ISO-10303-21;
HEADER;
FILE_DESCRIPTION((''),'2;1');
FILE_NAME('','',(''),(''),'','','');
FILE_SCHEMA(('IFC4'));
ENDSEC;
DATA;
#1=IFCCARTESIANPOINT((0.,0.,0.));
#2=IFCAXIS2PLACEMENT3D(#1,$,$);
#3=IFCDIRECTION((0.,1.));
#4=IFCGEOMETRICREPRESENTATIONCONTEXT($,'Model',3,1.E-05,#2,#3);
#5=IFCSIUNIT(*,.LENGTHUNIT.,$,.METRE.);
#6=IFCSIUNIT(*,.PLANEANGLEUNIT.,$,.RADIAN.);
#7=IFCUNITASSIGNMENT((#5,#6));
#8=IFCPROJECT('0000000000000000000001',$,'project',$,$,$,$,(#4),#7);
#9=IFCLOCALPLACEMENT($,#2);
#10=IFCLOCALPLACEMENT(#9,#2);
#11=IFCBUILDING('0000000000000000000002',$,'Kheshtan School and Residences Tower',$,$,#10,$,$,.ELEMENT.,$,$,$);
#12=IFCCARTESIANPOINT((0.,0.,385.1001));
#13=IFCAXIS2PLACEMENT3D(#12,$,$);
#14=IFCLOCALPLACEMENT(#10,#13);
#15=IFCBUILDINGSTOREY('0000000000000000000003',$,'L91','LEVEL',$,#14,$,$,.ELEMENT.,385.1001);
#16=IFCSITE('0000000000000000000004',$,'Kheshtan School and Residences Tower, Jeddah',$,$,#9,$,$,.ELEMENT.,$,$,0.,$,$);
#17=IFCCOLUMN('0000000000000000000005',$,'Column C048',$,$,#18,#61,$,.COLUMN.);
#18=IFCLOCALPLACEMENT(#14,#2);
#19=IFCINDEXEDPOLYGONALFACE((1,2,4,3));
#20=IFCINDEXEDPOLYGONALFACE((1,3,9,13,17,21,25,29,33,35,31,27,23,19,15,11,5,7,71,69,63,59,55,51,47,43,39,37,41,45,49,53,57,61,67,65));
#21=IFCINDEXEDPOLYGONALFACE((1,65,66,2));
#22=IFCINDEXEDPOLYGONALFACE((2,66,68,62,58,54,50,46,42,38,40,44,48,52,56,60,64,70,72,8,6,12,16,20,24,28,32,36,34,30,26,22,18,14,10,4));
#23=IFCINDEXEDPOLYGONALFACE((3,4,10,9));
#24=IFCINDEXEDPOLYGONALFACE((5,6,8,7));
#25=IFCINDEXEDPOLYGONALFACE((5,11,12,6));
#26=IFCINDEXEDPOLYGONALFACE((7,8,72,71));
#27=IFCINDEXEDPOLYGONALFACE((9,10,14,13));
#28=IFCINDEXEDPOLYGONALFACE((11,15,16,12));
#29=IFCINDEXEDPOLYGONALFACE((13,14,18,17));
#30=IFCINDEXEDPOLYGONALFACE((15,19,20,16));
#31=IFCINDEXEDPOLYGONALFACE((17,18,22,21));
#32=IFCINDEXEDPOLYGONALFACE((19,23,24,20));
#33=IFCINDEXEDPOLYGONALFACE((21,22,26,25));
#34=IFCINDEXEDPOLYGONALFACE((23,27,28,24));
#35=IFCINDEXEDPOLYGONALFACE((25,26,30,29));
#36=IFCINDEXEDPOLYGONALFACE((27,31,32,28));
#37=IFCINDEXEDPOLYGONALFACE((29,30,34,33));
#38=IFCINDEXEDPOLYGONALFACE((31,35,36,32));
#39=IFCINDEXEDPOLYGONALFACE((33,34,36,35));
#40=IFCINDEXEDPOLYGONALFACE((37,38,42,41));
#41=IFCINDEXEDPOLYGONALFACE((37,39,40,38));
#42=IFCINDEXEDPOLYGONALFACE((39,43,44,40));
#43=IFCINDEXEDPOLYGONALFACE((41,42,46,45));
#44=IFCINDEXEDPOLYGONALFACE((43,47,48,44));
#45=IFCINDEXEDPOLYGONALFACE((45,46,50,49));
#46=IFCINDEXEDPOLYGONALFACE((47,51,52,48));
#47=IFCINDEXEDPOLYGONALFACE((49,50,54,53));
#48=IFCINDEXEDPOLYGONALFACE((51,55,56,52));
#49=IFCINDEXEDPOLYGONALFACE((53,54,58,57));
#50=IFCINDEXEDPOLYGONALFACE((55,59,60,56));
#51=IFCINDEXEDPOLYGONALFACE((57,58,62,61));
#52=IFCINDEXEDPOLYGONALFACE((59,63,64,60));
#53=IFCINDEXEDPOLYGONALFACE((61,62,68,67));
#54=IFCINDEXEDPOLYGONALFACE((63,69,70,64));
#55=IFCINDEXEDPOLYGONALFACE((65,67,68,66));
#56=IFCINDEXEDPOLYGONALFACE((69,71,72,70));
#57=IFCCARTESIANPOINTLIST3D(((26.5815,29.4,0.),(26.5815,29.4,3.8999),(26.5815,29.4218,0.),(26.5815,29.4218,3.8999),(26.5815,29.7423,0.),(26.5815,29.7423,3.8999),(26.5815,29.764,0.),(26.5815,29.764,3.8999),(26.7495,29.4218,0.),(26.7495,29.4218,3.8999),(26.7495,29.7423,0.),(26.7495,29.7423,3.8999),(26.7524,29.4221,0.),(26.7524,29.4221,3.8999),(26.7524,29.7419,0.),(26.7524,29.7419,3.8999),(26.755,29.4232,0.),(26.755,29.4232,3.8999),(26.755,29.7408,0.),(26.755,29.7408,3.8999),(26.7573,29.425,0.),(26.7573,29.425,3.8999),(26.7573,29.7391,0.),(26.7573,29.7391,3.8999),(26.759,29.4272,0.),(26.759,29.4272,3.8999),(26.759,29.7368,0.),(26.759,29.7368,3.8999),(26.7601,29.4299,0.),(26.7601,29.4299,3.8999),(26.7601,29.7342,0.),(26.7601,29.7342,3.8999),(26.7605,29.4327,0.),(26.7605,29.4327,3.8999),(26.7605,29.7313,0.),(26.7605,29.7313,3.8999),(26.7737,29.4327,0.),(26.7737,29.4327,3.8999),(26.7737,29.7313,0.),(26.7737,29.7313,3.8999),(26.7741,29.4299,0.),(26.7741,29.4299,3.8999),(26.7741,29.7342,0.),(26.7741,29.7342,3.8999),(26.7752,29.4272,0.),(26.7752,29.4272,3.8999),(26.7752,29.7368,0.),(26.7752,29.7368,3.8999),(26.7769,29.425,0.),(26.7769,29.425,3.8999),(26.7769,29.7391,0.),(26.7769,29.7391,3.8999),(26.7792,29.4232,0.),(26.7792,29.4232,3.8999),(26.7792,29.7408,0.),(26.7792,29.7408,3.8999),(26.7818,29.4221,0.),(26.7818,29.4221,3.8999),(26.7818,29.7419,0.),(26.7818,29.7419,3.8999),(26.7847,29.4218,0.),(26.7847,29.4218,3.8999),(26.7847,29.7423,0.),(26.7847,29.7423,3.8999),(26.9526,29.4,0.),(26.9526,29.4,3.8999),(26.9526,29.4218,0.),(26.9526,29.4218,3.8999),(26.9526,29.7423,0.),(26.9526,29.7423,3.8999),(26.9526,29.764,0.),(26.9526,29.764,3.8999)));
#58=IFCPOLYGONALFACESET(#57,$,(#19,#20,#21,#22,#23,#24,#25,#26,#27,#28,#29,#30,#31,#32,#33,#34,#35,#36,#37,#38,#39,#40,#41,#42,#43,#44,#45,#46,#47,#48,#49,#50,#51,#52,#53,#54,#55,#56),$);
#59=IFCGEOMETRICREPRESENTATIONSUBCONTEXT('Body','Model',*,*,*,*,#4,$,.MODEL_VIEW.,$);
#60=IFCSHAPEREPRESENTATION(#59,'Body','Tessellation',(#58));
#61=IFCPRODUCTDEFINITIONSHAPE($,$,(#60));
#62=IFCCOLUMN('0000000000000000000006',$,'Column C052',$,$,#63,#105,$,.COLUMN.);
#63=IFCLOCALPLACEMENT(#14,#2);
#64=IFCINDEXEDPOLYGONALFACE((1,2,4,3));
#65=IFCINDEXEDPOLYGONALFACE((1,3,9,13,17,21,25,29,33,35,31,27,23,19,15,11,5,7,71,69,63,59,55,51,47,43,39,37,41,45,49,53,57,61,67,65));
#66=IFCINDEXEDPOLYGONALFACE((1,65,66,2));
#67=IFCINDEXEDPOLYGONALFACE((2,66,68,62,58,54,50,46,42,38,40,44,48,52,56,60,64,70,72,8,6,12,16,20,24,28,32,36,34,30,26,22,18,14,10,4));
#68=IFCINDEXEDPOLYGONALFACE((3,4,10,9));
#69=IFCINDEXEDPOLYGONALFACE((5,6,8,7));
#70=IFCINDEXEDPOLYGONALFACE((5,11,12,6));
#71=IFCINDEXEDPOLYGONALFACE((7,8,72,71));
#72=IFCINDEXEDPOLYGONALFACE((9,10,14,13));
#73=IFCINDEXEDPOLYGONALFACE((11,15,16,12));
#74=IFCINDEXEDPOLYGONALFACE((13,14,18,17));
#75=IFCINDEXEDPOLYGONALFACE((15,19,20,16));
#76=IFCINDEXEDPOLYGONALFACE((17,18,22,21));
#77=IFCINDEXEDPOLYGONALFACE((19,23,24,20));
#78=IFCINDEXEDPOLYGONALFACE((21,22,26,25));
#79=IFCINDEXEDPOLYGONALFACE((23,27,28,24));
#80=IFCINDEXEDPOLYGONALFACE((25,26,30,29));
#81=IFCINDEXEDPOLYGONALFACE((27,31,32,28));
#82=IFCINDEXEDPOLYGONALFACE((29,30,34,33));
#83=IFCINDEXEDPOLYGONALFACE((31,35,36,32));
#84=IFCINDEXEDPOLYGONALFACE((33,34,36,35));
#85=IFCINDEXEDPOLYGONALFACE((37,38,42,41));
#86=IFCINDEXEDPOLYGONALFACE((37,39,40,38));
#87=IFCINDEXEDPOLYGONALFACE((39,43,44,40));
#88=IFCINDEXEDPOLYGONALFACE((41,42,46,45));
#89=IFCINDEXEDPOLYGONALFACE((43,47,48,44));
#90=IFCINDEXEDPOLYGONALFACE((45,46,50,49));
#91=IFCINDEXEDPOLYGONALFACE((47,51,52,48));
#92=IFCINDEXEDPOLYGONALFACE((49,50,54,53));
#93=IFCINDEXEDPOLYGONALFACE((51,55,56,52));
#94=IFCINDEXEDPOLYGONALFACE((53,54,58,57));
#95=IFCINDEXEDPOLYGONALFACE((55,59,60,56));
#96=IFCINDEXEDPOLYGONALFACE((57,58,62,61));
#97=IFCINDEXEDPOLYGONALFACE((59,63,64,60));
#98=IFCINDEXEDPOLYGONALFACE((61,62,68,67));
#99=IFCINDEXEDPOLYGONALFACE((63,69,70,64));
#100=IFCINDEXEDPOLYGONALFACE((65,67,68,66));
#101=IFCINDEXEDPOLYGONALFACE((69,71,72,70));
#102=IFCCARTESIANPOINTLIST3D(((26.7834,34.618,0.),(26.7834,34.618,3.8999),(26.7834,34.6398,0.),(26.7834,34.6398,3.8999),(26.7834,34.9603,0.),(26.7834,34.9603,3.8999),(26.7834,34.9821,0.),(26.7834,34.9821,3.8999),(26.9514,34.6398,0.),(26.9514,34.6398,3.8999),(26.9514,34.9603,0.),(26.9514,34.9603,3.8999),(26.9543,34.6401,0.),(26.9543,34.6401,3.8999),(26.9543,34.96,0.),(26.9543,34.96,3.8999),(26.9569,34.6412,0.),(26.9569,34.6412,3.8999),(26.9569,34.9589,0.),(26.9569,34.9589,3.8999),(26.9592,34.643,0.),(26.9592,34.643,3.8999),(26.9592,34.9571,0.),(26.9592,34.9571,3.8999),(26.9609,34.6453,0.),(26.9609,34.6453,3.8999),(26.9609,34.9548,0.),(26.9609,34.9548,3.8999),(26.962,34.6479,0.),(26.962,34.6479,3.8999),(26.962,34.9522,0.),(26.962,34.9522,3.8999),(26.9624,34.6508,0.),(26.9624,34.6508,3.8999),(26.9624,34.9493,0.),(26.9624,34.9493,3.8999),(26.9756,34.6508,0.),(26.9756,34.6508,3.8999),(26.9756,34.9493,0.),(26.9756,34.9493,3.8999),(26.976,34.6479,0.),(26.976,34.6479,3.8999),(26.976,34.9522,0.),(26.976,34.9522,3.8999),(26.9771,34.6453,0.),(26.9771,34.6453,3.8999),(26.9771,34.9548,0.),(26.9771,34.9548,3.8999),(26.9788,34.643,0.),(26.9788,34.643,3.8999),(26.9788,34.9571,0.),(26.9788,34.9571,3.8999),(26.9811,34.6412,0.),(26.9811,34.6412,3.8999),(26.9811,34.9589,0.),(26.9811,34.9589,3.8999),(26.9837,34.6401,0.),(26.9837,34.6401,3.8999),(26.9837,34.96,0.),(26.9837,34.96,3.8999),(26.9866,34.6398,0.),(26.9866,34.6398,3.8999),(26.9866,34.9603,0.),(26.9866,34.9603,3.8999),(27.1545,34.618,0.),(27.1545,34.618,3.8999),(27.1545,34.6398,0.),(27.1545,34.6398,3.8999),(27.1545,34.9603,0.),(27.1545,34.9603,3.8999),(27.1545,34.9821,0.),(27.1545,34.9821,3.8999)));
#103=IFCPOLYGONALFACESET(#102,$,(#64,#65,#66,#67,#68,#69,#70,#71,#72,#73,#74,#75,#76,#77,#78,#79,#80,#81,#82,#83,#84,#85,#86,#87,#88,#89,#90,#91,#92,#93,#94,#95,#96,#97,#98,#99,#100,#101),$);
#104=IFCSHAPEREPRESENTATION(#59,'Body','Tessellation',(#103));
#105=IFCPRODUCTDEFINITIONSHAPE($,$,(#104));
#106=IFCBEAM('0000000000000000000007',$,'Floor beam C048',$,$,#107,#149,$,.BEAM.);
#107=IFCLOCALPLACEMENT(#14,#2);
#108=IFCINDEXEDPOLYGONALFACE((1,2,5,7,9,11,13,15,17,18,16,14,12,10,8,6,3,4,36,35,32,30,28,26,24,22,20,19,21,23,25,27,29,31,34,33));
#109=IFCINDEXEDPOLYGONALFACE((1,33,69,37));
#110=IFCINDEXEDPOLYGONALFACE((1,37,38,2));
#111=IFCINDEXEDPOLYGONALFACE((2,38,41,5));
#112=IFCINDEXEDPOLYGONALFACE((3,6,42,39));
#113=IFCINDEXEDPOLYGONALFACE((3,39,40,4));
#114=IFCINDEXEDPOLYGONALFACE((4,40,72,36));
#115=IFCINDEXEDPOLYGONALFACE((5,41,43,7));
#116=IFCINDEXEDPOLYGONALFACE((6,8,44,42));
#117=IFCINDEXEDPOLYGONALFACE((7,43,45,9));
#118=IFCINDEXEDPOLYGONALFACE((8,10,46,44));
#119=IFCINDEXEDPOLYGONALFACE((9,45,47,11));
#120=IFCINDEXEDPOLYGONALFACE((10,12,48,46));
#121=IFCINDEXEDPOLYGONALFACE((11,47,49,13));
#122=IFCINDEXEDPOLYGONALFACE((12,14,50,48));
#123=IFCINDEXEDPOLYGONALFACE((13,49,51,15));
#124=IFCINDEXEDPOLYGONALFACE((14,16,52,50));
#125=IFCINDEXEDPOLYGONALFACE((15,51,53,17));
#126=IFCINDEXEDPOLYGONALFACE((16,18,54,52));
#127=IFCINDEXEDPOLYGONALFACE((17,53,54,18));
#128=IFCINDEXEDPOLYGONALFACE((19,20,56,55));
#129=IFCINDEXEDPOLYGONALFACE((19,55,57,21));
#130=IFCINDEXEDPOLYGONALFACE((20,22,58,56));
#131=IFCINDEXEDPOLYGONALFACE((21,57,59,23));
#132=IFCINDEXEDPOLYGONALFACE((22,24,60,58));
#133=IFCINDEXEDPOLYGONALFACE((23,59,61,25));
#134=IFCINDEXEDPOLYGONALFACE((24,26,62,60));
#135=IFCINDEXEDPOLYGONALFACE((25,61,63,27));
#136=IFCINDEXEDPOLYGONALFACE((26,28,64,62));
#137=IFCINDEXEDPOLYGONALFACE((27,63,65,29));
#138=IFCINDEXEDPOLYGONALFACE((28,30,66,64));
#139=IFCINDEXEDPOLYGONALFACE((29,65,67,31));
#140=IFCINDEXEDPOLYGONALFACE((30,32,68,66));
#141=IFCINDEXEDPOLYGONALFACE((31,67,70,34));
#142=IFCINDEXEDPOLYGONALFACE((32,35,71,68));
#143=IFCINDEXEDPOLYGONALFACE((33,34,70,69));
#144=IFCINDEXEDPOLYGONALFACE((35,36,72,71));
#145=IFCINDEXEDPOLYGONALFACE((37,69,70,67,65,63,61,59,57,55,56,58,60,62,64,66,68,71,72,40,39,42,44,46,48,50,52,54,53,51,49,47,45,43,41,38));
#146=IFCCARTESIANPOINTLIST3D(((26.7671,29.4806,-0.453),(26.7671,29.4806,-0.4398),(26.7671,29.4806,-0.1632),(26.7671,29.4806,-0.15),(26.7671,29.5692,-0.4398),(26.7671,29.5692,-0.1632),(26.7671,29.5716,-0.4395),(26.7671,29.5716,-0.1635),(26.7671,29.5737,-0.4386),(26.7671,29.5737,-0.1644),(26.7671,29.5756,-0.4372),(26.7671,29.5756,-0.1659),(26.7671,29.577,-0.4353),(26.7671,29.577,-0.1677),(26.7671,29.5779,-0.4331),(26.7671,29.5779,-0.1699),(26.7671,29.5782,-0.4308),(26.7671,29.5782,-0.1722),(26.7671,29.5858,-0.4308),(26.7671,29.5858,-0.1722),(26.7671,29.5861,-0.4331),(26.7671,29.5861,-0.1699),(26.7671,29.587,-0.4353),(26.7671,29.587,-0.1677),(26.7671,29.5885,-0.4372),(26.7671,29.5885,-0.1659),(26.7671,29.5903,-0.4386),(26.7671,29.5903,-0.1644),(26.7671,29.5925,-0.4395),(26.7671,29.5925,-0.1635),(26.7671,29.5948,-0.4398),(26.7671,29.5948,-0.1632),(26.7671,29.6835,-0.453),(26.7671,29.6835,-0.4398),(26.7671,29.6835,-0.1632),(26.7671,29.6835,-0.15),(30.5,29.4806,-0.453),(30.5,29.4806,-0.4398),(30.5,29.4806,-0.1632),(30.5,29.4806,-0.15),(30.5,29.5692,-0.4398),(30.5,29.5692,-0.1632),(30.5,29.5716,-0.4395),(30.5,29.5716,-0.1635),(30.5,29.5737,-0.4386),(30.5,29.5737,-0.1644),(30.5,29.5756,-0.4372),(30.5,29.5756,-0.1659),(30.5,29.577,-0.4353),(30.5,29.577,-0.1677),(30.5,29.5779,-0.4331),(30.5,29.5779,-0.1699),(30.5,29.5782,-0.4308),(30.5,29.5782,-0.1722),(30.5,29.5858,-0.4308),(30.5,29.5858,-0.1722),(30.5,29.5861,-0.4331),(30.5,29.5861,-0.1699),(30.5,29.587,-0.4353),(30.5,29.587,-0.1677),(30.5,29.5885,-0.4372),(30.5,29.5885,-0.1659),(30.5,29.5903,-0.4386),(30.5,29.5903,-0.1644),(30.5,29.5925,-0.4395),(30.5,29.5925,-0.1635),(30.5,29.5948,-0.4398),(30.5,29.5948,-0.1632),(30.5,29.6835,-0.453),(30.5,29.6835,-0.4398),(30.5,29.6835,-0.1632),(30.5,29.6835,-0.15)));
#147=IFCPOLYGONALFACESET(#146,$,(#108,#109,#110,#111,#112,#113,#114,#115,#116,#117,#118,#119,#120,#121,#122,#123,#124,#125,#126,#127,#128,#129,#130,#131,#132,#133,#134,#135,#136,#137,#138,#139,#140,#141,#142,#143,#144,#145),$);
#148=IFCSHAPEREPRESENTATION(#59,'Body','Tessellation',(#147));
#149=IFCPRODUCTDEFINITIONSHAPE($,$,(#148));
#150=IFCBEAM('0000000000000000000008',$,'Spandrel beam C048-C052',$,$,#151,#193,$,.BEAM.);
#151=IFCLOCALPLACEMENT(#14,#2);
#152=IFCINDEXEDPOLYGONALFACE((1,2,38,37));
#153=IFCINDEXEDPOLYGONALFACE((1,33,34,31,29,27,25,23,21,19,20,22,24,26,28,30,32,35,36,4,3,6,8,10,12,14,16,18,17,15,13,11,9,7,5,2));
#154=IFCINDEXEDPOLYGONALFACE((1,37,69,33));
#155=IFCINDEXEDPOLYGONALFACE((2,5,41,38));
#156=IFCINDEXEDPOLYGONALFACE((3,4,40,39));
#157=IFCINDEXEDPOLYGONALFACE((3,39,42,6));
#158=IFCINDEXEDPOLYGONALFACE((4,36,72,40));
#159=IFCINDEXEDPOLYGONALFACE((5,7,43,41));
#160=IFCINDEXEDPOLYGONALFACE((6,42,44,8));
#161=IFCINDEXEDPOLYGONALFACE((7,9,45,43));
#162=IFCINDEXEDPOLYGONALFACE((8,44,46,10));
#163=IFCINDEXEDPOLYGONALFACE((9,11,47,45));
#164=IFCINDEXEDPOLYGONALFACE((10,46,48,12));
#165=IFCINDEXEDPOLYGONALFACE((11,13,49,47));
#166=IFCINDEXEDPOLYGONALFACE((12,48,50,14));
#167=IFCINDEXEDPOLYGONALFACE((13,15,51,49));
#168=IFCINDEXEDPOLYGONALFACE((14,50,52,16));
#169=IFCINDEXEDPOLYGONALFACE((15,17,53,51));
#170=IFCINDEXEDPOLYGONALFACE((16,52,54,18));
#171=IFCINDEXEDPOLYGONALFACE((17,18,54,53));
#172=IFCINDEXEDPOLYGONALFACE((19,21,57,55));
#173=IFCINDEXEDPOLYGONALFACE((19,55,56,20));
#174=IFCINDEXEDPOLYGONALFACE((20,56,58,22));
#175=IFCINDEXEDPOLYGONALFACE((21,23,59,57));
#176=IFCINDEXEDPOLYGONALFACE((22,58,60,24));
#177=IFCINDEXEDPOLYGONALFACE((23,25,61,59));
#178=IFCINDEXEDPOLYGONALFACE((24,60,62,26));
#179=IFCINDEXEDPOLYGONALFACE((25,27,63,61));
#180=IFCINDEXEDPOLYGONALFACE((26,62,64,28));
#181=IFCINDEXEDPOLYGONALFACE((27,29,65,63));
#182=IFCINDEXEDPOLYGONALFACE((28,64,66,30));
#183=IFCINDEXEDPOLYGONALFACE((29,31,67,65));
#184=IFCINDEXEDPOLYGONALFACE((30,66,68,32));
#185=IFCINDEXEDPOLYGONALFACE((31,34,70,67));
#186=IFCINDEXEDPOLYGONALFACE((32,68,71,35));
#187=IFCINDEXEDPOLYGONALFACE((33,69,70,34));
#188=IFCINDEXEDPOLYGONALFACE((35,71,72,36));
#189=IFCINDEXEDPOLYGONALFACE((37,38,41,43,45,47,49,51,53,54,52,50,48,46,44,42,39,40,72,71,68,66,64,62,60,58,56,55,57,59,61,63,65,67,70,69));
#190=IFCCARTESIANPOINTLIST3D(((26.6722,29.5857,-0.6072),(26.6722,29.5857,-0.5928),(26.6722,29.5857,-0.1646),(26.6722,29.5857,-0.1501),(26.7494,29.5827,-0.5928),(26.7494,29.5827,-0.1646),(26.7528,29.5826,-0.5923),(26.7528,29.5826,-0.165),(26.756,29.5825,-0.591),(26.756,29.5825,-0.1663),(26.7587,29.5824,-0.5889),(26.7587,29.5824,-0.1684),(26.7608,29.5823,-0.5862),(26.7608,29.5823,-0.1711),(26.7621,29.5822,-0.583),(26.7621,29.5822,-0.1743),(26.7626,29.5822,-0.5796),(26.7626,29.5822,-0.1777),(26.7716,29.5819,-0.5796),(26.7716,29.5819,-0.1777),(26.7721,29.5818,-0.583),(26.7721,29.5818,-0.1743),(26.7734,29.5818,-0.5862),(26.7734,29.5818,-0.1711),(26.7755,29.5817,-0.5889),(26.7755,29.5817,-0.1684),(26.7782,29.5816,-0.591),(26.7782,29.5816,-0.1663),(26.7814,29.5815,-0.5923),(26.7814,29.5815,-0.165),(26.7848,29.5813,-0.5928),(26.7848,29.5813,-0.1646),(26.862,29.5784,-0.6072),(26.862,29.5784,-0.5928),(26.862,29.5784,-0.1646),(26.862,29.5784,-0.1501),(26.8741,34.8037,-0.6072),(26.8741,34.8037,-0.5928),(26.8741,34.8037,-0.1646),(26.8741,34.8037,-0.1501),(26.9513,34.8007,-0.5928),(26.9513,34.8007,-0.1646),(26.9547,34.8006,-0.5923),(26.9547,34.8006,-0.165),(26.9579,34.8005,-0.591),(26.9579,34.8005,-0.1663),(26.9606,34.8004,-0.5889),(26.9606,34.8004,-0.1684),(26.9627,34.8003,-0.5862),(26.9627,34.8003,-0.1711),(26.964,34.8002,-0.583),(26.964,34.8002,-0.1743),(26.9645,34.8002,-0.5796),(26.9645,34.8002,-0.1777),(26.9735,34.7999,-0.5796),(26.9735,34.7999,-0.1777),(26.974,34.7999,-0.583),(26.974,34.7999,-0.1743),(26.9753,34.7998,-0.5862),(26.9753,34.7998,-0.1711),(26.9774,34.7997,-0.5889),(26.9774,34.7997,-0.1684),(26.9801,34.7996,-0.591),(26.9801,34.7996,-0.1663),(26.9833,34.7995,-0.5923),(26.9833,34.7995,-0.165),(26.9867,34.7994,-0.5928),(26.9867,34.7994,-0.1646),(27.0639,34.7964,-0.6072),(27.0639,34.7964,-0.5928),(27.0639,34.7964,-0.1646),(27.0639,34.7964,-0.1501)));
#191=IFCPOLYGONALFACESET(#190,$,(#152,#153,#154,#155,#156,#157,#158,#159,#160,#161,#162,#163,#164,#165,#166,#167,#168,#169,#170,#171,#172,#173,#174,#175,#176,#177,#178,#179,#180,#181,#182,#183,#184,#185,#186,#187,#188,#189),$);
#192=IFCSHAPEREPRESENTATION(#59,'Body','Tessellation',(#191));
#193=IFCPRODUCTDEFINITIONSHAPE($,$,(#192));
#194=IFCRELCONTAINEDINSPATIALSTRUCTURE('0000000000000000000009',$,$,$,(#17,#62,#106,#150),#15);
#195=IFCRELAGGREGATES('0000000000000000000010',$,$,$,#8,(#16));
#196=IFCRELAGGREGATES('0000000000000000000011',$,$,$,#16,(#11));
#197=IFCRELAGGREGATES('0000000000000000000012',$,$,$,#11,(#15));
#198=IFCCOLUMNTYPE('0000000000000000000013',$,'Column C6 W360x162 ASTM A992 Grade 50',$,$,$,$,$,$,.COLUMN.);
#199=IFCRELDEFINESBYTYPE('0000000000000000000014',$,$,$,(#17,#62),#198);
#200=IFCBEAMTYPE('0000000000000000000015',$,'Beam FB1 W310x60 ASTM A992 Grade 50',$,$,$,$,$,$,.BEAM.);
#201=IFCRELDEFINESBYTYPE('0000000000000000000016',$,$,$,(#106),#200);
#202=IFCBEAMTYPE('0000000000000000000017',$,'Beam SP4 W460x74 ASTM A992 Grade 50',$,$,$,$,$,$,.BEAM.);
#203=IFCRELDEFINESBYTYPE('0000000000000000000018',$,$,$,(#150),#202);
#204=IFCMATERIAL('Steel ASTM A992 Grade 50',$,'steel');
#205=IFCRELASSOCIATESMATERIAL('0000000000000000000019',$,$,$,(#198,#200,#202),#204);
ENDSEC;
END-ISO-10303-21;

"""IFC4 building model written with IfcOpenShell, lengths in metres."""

from ifc_helpers import new_model, si_unit, direction, frame, origin, origin_2d, place, context, subcontext, project, spatial, i_section, extrude, material, material_profile, profile_set, type_object, element, save


model = new_model("IFC4")

# Units and contexts
model_context = context("Model", 3, precision=1e-05, world=origin(), true_north=direction((0.0, 1.0)))
body_context = subcontext(model_context, "Body", "Model", "MODEL_VIEW")
ifc_project = project(units=[si_unit("LENGTHUNIT", "METRE"), si_unit("PLANEANGLEUNIT", "RADIAN")], contexts=[model_context])

# Site, building, storey
site_placement = place(None, origin())
site = spatial("IfcSite", under=ifc_project, at=site_placement, Name="Kheshtan School and Residences Tower, Jeddah", CompositionType="ELEMENT", RefElevation=0.0)
building_placement = place(site_placement, origin())
building = spatial("IfcBuilding", under=site, at=building_placement, Name="Kheshtan School and Residences Tower", CompositionType="ELEMENT")
storey_placement = place(building_placement, frame((0.0, 0.0, 385.1001)))
storey = spatial("IfcBuildingStorey", under=building, at=storey_placement, Name="L91", Description="LEVEL", CompositionType="ELEMENT", Elevation=385.1001)

# Columns
ifc_material_1 = material(Name="Steel ASTM A992 Grade 50", Category="steel")
ifc_material_profile_1 = material_profile(ifc_material_1, i_section(OverallWidth=0.3711, OverallDepth=0.364, WebThickness=0.0132, FlangeThickness=0.0217, FilletRadius=0.011, at=origin_2d()), Name="W360x162")
ifc_profile_set_1 = profile_set([ifc_material_profile_1], Name="Steel ASTM A992 Grade 50")
column_type = type_object("IfcColumnType", Name="Column C6 W360x162 ASTM A992 Grade 50", PredefinedType="COLUMN", material=ifc_profile_set_1)
for number, where, z_axis, x_axis, name in (
    (1, (26.7671, 29.582, 0.0), (0.0, 0.0, 1.0), (1.0, 0.0, 0.0), "Column C048"),
    (2, (26.969, 34.8, 0.0), (0.0, 0.0, 1.0), (1.0, 0.0, 0.0), "Column C052"),
):
    element("IfcColumn", number, at=place(storey_placement, frame(where, z_axis=z_axis, x_axis=x_axis)), inside=storey, type_object=column_type, Name=name, PredefinedType="COLUMN", context=body_context, shape_type="SweptSolid", body=[
        extrude(i_section(OverallWidth=0.3711, OverallDepth=0.364, WebThickness=0.0132, FlangeThickness=0.0217, FilletRadius=0.011, at=origin_2d()), origin(), (0.0, 0.0, 1.0), 3.8999),
    ])

# Beams
ifc_material_profile_2 = material_profile(ifc_material_1, i_section(OverallWidth=0.2029, OverallDepth=0.303, WebThickness=0.0076, FlangeThickness=0.0132, FilletRadius=0.009, at=origin_2d()), Name="W310x60")
ifc_profile_set_2 = profile_set([ifc_material_profile_2], Name="Steel ASTM A992 Grade 50")
beam_type_1 = type_object("IfcBeamType", Name="Beam FB1 W310x60 ASTM A992 Grade 50", PredefinedType="BEAM", material=ifc_profile_set_2)
beam_1_placement = place(storey_placement, frame((26.7671, 29.582, -0.3015), z_axis=(1.0, 0.0, 0.0), x_axis=(0.0, 1.0, 0.0)))
element("IfcBeam", 3, at=beam_1_placement, inside=storey, type_object=beam_type_1, Name="Floor beam C048", PredefinedType="BEAM", context=body_context, shape_type="SweptSolid", body=[
    extrude(i_section(OverallWidth=0.2029, OverallDepth=0.303, WebThickness=0.0076, FlangeThickness=0.0132, FilletRadius=0.009, at=origin_2d()), origin(), (0.0, 0.0, 1.0), 3.7329),
])
ifc_material_profile_3 = material_profile(ifc_material_1, i_section(OverallWidth=0.1899, OverallDepth=0.457, WebThickness=0.009, FlangeThickness=0.0144, FilletRadius=0.0132, at=origin_2d()), Name="W460x74")
ifc_profile_set_3 = profile_set([ifc_material_profile_3], Name="Steel ASTM A992 Grade 50")
beam_type_2 = type_object("IfcBeamType", Name="Beam SP4 W460x74 ASTM A992 Grade 50", PredefinedType="BEAM", material=ifc_profile_set_3)
beam_2_placement = place(storey_placement, frame((26.7671, 29.582, -0.3787), z_axis=(0.038665, 0.999252, 0.0), x_axis=(-0.999252, 0.038665, 0.0)))
element("IfcBeam", 4, at=beam_2_placement, inside=storey, type_object=beam_type_2, Name="Spandrel beam C048-C052", PredefinedType="BEAM", context=body_context, shape_type="SweptSolid", body=[
    extrude(i_section(OverallWidth=0.1899, OverallDepth=0.457, WebThickness=0.009, FlangeThickness=0.0144, FilletRadius=0.0132, at=origin_2d()), origin(), (0.0, 0.0, 1.0), 5.2219),
])

save(model, "model.ifc")
